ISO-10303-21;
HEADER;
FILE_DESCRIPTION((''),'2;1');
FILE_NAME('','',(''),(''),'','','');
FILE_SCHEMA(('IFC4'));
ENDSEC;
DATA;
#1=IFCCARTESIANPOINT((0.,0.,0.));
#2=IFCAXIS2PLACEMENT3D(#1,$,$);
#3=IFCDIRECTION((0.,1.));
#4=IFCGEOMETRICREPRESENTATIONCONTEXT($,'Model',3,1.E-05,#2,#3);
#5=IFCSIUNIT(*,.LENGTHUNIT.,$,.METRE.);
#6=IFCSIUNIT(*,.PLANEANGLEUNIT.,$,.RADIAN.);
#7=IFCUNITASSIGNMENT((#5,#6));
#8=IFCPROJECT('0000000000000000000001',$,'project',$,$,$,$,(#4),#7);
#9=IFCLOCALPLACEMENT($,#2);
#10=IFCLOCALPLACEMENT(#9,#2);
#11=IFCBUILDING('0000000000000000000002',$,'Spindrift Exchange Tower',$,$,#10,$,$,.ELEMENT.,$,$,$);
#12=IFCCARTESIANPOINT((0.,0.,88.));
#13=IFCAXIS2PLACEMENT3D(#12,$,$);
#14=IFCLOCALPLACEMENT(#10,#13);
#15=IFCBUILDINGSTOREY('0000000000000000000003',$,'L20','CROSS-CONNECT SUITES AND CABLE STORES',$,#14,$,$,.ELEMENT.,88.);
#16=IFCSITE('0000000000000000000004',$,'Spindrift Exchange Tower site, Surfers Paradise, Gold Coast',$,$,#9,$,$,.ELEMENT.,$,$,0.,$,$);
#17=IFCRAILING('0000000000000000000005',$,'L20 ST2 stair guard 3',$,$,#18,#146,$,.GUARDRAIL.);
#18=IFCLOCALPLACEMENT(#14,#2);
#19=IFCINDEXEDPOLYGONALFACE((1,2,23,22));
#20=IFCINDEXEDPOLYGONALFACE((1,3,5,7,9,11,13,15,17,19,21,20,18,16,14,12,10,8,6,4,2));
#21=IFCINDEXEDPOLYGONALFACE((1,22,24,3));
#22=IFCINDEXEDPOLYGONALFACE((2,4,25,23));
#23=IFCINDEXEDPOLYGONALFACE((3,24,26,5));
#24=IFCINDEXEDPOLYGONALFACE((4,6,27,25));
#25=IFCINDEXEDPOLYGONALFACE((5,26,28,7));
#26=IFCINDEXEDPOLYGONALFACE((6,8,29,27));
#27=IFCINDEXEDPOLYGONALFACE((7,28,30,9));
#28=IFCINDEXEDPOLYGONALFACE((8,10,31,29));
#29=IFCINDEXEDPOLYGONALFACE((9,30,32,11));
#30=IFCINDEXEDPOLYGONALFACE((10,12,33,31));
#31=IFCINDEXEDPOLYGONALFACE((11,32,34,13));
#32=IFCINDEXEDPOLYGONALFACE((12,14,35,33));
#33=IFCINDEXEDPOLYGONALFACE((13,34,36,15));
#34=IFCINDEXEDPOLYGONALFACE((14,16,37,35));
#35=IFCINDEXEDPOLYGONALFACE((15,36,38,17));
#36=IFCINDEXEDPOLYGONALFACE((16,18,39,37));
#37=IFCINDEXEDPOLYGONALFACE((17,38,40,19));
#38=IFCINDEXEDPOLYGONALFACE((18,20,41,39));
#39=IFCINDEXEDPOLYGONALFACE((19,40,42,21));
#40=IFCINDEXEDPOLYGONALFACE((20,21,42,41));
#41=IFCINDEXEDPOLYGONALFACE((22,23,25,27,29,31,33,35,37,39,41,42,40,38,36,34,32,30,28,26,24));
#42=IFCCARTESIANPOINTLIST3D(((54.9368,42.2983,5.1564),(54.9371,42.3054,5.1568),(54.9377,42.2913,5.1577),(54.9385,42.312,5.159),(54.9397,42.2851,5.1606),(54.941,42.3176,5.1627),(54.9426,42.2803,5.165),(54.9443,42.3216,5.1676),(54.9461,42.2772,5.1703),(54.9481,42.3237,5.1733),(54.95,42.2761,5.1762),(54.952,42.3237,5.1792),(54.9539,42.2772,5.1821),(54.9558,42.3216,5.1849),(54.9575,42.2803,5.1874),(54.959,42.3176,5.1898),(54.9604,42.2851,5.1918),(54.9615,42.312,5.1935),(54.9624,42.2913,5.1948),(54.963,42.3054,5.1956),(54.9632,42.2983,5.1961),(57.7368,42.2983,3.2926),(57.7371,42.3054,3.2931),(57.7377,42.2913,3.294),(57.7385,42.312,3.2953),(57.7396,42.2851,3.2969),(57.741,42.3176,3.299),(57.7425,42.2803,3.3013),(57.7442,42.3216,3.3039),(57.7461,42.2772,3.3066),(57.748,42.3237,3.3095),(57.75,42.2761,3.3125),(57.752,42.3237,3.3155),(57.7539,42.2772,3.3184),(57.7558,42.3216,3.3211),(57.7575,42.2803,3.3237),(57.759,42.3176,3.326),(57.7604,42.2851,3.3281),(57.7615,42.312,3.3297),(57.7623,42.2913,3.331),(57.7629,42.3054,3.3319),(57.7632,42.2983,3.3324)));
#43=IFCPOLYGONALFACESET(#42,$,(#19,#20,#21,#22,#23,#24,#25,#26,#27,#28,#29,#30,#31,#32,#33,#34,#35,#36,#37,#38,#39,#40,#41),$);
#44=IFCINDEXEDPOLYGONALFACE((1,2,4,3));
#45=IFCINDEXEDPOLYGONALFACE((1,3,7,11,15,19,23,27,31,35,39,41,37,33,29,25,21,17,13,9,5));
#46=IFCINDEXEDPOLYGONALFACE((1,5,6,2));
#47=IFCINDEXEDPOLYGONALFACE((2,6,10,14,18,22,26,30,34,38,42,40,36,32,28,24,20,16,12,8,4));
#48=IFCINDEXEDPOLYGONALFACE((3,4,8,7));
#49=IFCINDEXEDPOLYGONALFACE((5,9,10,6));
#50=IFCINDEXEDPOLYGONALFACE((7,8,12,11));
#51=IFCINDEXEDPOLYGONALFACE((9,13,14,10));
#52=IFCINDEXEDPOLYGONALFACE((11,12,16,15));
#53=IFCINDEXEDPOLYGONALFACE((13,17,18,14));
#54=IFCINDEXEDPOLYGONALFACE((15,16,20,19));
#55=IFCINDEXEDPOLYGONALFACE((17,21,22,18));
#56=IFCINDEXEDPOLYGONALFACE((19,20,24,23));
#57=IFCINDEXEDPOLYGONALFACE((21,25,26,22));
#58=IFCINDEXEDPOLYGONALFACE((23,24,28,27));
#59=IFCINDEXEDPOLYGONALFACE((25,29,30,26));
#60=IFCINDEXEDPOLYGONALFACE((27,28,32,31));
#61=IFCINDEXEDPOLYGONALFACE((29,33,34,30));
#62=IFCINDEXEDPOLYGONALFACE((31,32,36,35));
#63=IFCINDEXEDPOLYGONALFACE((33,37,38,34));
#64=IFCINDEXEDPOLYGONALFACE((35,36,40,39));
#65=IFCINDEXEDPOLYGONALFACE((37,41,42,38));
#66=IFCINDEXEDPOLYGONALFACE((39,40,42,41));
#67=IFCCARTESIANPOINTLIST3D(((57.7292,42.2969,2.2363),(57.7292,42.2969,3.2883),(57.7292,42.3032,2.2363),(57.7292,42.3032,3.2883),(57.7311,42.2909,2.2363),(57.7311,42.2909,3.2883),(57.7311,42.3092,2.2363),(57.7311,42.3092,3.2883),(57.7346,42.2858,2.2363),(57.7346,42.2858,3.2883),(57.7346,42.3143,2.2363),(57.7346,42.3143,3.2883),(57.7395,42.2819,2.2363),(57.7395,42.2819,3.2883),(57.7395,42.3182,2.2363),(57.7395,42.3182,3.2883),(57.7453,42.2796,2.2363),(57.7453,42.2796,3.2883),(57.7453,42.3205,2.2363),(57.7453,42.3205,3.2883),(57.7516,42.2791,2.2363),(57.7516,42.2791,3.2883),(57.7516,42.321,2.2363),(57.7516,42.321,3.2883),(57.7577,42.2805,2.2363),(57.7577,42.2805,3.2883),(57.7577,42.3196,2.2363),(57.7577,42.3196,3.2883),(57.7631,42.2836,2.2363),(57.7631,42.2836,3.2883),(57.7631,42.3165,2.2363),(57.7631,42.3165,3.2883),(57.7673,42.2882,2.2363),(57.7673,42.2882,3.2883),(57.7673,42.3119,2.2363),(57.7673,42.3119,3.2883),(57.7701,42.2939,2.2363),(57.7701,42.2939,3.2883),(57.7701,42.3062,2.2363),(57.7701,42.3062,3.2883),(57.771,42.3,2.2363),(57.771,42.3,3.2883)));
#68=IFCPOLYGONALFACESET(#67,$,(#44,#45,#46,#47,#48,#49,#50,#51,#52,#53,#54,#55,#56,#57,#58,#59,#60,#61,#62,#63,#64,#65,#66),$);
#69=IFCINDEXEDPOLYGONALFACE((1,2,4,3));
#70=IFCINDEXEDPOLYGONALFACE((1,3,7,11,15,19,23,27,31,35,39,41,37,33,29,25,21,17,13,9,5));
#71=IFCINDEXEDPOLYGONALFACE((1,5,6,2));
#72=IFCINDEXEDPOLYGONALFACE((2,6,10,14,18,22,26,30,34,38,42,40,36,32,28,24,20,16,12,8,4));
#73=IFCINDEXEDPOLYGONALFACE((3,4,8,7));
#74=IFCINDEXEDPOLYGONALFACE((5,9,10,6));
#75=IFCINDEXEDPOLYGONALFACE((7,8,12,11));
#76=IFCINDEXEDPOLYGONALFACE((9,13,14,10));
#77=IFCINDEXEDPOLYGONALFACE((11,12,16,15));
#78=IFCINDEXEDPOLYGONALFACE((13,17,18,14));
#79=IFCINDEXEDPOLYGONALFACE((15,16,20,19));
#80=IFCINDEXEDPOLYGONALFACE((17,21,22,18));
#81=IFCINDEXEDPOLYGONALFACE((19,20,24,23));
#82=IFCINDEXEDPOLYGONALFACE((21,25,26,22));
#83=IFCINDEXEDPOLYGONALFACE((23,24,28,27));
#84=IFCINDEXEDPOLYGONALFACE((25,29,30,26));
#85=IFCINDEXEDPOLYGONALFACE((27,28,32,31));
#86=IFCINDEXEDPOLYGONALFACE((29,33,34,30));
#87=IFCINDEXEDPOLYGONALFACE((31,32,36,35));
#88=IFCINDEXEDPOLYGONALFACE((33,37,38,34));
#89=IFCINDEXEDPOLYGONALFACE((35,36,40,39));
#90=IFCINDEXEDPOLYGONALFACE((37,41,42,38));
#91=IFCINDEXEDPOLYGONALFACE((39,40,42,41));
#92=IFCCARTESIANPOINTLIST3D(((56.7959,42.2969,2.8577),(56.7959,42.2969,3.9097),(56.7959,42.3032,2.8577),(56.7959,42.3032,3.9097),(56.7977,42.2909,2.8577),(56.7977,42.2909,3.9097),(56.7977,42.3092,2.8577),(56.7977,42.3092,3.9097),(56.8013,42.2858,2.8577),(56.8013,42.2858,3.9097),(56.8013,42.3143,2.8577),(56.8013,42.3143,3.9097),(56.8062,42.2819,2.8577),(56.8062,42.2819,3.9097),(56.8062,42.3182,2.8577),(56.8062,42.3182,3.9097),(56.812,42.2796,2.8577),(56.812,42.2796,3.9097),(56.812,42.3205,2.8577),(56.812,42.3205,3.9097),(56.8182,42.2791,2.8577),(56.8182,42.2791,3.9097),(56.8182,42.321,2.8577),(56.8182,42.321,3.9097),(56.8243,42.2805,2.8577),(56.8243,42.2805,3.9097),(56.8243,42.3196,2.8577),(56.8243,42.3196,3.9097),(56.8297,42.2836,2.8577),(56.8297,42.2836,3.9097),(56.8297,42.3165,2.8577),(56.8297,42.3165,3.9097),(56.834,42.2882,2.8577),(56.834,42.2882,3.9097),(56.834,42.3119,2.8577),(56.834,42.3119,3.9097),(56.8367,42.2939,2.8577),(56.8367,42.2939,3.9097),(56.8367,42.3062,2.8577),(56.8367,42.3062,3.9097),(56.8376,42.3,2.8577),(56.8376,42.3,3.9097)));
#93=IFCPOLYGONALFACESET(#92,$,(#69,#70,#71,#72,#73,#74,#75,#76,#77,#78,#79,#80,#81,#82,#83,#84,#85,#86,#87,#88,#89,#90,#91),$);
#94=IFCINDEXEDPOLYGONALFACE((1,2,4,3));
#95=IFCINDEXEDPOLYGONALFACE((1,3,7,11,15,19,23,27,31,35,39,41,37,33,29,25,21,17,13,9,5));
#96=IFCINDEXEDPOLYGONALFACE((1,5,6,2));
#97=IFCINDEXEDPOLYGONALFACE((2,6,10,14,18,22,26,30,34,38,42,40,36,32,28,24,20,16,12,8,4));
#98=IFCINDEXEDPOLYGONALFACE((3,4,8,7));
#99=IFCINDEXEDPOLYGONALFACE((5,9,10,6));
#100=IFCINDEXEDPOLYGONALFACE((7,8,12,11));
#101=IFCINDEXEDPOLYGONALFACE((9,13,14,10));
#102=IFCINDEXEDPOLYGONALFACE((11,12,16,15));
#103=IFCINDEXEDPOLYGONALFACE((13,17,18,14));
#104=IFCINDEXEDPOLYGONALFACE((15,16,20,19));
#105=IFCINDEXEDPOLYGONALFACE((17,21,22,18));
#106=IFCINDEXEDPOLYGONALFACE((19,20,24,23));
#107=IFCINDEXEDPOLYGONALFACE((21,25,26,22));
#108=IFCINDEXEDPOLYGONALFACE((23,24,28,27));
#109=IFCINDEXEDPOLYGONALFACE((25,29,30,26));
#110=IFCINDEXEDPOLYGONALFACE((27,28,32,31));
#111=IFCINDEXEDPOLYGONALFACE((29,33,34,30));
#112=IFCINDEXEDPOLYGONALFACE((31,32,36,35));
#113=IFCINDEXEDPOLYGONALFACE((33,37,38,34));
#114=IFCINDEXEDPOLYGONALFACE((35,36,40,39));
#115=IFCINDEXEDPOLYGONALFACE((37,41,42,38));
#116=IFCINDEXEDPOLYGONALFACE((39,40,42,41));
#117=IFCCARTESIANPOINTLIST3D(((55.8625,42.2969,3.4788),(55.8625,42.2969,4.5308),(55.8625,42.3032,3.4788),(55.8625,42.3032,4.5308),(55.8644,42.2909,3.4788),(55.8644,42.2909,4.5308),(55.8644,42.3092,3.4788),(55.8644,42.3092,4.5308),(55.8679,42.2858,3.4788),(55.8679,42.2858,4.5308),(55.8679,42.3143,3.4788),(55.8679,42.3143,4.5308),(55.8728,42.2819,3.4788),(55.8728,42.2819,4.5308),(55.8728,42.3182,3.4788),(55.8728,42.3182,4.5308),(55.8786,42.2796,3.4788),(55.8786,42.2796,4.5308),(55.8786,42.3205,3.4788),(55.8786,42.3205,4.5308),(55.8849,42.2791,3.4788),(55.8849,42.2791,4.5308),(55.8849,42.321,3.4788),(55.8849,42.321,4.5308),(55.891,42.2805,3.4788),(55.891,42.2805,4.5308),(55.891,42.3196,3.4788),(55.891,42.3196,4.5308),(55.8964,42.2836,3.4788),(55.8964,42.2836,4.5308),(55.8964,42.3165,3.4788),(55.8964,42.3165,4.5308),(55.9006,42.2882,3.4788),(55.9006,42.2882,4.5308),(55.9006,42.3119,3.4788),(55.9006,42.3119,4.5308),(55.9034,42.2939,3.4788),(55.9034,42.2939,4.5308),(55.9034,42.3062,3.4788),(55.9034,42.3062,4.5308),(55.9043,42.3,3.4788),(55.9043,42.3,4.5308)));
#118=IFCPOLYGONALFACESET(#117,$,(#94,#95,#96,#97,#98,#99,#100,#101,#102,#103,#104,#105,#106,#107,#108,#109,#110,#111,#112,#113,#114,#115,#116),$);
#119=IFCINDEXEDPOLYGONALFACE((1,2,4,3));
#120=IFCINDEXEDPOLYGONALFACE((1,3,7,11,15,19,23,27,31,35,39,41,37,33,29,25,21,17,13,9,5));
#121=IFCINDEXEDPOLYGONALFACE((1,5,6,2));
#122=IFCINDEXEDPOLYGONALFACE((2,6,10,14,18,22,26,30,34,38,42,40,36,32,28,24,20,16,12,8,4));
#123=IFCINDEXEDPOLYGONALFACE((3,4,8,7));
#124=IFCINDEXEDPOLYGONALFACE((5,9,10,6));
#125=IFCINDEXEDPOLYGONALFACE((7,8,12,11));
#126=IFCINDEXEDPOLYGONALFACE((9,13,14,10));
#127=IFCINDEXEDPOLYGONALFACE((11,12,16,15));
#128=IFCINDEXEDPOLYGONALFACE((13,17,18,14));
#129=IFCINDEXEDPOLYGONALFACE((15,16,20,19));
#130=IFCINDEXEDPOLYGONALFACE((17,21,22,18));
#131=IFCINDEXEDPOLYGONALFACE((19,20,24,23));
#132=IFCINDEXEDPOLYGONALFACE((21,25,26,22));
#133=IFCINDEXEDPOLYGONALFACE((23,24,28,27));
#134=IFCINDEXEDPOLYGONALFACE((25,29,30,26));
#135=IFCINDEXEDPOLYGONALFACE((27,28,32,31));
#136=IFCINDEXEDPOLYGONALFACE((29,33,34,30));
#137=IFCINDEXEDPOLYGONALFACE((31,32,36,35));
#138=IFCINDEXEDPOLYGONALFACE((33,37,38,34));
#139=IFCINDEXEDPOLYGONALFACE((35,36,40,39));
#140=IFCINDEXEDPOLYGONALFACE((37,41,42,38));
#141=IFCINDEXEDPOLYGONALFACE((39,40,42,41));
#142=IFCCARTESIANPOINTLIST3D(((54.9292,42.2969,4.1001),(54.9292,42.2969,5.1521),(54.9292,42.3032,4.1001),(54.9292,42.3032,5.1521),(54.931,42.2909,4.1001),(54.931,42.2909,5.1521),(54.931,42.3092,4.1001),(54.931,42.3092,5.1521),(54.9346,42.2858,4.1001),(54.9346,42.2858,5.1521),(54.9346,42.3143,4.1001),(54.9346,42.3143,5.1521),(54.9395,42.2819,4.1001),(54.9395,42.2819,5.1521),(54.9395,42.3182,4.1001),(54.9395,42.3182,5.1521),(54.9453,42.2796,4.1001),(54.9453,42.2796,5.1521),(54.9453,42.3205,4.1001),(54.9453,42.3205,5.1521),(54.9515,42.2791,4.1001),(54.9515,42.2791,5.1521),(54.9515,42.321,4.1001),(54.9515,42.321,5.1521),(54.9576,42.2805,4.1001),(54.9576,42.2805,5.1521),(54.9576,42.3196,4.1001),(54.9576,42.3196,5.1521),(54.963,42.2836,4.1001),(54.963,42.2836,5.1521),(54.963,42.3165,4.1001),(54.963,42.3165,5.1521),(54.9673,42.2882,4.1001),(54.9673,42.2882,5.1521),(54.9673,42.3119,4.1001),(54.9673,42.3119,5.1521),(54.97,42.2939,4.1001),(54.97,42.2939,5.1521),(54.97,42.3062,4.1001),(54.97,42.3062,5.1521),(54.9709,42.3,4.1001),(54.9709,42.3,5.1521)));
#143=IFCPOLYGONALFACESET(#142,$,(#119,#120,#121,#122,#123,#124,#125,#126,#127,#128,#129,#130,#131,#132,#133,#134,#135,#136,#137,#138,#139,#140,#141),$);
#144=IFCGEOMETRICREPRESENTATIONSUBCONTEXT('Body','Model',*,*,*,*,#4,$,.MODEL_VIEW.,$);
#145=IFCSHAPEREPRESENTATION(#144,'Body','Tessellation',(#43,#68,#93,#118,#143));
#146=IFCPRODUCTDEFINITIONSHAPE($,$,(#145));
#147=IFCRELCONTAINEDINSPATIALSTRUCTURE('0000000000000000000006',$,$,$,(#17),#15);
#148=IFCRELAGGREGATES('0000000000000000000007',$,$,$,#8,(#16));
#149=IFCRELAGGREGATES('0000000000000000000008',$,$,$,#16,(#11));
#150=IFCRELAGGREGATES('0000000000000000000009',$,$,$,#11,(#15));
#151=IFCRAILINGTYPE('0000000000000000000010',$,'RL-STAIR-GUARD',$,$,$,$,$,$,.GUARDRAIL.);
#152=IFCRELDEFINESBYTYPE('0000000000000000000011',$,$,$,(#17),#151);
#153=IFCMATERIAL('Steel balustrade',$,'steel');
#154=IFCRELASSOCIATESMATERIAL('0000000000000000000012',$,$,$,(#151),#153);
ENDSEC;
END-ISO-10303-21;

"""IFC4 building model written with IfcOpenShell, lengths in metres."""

from ifc_helpers import new_model, si_unit, direction, frame, origin, origin_2d, place, context, subcontext, project, spatial, circle, extrude, material, type_object, element, save


model = new_model("IFC4")

# Units and contexts
model_context = context("Model", 3, precision=1e-05, world=origin(), true_north=direction((0.0, 1.0)))
body_context = subcontext(model_context, "Body", "Model", "MODEL_VIEW")
ifc_project = project(units=[si_unit("LENGTHUNIT", "METRE"), si_unit("PLANEANGLEUNIT", "RADIAN")], contexts=[model_context])

# Site, building, storey
site_placement = place(None, origin())
site = spatial("IfcSite", under=ifc_project, at=site_placement, Name="Spindrift Exchange Tower site, Surfers Paradise, Gold Coast", CompositionType="ELEMENT", RefElevation=0.0)
building_placement = place(site_placement, origin())
building = spatial("IfcBuilding", under=site, at=building_placement, Name="Spindrift Exchange Tower", CompositionType="ELEMENT")
storey_placement = place(building_placement, frame((0.0, 0.0, 88.0)))
storey = spatial("IfcBuildingStorey", under=building, at=storey_placement, Name="L20", Description="CROSS-CONNECT SUITES AND CABLE STORES", CompositionType="ELEMENT", Elevation=88.0)

# Railing
ifc_material_1 = material(Name="Steel balustrade", Category="steel")
railing_type_1 = type_object("IfcRailingType", Name="RL-STAIR-GUARD", PredefinedType="GUARDRAIL", material=ifc_material_1)
railing_1_placement = place(storey_placement, frame((57.75, 42.3, 2.2363)))
element("IfcRailing", 1, at=railing_1_placement, inside=storey, type_object=railing_type_1, Name="L20 ST2 stair guard 3", PredefinedType="GUARDRAIL", context=body_context, shape_type="SweptSolid", body=[
    extrude(circle(Radius=0.0239, at=origin_2d()), frame((0.0, 0.0, 1.0762), z_axis=(-0.832452, 0.0, 0.554097), x_axis=(0.0, -1.0, 0.0)), (0.0, 0.0, 1.0), 3.3635),
    extrude(circle(Radius=0.021, at=origin_2d()), origin(), (0.0, 0.0, 1.0), 1.052),
    extrude(circle(Radius=0.021, at=origin_2d()), frame((-0.9333, 0.0, 0.6213)), (0.0, 0.0, 1.0), 1.052),
    extrude(circle(Radius=0.021, at=origin_2d()), frame((-1.8667, 0.0, 1.2424)), (0.0, 0.0, 1.0), 1.052),
    extrude(circle(Radius=0.021, at=origin_2d()), frame((-2.8, 0.0, 1.8638)), (0.0, 0.0, 1.0), 1.052),
])

save(model, "model.ifc")
